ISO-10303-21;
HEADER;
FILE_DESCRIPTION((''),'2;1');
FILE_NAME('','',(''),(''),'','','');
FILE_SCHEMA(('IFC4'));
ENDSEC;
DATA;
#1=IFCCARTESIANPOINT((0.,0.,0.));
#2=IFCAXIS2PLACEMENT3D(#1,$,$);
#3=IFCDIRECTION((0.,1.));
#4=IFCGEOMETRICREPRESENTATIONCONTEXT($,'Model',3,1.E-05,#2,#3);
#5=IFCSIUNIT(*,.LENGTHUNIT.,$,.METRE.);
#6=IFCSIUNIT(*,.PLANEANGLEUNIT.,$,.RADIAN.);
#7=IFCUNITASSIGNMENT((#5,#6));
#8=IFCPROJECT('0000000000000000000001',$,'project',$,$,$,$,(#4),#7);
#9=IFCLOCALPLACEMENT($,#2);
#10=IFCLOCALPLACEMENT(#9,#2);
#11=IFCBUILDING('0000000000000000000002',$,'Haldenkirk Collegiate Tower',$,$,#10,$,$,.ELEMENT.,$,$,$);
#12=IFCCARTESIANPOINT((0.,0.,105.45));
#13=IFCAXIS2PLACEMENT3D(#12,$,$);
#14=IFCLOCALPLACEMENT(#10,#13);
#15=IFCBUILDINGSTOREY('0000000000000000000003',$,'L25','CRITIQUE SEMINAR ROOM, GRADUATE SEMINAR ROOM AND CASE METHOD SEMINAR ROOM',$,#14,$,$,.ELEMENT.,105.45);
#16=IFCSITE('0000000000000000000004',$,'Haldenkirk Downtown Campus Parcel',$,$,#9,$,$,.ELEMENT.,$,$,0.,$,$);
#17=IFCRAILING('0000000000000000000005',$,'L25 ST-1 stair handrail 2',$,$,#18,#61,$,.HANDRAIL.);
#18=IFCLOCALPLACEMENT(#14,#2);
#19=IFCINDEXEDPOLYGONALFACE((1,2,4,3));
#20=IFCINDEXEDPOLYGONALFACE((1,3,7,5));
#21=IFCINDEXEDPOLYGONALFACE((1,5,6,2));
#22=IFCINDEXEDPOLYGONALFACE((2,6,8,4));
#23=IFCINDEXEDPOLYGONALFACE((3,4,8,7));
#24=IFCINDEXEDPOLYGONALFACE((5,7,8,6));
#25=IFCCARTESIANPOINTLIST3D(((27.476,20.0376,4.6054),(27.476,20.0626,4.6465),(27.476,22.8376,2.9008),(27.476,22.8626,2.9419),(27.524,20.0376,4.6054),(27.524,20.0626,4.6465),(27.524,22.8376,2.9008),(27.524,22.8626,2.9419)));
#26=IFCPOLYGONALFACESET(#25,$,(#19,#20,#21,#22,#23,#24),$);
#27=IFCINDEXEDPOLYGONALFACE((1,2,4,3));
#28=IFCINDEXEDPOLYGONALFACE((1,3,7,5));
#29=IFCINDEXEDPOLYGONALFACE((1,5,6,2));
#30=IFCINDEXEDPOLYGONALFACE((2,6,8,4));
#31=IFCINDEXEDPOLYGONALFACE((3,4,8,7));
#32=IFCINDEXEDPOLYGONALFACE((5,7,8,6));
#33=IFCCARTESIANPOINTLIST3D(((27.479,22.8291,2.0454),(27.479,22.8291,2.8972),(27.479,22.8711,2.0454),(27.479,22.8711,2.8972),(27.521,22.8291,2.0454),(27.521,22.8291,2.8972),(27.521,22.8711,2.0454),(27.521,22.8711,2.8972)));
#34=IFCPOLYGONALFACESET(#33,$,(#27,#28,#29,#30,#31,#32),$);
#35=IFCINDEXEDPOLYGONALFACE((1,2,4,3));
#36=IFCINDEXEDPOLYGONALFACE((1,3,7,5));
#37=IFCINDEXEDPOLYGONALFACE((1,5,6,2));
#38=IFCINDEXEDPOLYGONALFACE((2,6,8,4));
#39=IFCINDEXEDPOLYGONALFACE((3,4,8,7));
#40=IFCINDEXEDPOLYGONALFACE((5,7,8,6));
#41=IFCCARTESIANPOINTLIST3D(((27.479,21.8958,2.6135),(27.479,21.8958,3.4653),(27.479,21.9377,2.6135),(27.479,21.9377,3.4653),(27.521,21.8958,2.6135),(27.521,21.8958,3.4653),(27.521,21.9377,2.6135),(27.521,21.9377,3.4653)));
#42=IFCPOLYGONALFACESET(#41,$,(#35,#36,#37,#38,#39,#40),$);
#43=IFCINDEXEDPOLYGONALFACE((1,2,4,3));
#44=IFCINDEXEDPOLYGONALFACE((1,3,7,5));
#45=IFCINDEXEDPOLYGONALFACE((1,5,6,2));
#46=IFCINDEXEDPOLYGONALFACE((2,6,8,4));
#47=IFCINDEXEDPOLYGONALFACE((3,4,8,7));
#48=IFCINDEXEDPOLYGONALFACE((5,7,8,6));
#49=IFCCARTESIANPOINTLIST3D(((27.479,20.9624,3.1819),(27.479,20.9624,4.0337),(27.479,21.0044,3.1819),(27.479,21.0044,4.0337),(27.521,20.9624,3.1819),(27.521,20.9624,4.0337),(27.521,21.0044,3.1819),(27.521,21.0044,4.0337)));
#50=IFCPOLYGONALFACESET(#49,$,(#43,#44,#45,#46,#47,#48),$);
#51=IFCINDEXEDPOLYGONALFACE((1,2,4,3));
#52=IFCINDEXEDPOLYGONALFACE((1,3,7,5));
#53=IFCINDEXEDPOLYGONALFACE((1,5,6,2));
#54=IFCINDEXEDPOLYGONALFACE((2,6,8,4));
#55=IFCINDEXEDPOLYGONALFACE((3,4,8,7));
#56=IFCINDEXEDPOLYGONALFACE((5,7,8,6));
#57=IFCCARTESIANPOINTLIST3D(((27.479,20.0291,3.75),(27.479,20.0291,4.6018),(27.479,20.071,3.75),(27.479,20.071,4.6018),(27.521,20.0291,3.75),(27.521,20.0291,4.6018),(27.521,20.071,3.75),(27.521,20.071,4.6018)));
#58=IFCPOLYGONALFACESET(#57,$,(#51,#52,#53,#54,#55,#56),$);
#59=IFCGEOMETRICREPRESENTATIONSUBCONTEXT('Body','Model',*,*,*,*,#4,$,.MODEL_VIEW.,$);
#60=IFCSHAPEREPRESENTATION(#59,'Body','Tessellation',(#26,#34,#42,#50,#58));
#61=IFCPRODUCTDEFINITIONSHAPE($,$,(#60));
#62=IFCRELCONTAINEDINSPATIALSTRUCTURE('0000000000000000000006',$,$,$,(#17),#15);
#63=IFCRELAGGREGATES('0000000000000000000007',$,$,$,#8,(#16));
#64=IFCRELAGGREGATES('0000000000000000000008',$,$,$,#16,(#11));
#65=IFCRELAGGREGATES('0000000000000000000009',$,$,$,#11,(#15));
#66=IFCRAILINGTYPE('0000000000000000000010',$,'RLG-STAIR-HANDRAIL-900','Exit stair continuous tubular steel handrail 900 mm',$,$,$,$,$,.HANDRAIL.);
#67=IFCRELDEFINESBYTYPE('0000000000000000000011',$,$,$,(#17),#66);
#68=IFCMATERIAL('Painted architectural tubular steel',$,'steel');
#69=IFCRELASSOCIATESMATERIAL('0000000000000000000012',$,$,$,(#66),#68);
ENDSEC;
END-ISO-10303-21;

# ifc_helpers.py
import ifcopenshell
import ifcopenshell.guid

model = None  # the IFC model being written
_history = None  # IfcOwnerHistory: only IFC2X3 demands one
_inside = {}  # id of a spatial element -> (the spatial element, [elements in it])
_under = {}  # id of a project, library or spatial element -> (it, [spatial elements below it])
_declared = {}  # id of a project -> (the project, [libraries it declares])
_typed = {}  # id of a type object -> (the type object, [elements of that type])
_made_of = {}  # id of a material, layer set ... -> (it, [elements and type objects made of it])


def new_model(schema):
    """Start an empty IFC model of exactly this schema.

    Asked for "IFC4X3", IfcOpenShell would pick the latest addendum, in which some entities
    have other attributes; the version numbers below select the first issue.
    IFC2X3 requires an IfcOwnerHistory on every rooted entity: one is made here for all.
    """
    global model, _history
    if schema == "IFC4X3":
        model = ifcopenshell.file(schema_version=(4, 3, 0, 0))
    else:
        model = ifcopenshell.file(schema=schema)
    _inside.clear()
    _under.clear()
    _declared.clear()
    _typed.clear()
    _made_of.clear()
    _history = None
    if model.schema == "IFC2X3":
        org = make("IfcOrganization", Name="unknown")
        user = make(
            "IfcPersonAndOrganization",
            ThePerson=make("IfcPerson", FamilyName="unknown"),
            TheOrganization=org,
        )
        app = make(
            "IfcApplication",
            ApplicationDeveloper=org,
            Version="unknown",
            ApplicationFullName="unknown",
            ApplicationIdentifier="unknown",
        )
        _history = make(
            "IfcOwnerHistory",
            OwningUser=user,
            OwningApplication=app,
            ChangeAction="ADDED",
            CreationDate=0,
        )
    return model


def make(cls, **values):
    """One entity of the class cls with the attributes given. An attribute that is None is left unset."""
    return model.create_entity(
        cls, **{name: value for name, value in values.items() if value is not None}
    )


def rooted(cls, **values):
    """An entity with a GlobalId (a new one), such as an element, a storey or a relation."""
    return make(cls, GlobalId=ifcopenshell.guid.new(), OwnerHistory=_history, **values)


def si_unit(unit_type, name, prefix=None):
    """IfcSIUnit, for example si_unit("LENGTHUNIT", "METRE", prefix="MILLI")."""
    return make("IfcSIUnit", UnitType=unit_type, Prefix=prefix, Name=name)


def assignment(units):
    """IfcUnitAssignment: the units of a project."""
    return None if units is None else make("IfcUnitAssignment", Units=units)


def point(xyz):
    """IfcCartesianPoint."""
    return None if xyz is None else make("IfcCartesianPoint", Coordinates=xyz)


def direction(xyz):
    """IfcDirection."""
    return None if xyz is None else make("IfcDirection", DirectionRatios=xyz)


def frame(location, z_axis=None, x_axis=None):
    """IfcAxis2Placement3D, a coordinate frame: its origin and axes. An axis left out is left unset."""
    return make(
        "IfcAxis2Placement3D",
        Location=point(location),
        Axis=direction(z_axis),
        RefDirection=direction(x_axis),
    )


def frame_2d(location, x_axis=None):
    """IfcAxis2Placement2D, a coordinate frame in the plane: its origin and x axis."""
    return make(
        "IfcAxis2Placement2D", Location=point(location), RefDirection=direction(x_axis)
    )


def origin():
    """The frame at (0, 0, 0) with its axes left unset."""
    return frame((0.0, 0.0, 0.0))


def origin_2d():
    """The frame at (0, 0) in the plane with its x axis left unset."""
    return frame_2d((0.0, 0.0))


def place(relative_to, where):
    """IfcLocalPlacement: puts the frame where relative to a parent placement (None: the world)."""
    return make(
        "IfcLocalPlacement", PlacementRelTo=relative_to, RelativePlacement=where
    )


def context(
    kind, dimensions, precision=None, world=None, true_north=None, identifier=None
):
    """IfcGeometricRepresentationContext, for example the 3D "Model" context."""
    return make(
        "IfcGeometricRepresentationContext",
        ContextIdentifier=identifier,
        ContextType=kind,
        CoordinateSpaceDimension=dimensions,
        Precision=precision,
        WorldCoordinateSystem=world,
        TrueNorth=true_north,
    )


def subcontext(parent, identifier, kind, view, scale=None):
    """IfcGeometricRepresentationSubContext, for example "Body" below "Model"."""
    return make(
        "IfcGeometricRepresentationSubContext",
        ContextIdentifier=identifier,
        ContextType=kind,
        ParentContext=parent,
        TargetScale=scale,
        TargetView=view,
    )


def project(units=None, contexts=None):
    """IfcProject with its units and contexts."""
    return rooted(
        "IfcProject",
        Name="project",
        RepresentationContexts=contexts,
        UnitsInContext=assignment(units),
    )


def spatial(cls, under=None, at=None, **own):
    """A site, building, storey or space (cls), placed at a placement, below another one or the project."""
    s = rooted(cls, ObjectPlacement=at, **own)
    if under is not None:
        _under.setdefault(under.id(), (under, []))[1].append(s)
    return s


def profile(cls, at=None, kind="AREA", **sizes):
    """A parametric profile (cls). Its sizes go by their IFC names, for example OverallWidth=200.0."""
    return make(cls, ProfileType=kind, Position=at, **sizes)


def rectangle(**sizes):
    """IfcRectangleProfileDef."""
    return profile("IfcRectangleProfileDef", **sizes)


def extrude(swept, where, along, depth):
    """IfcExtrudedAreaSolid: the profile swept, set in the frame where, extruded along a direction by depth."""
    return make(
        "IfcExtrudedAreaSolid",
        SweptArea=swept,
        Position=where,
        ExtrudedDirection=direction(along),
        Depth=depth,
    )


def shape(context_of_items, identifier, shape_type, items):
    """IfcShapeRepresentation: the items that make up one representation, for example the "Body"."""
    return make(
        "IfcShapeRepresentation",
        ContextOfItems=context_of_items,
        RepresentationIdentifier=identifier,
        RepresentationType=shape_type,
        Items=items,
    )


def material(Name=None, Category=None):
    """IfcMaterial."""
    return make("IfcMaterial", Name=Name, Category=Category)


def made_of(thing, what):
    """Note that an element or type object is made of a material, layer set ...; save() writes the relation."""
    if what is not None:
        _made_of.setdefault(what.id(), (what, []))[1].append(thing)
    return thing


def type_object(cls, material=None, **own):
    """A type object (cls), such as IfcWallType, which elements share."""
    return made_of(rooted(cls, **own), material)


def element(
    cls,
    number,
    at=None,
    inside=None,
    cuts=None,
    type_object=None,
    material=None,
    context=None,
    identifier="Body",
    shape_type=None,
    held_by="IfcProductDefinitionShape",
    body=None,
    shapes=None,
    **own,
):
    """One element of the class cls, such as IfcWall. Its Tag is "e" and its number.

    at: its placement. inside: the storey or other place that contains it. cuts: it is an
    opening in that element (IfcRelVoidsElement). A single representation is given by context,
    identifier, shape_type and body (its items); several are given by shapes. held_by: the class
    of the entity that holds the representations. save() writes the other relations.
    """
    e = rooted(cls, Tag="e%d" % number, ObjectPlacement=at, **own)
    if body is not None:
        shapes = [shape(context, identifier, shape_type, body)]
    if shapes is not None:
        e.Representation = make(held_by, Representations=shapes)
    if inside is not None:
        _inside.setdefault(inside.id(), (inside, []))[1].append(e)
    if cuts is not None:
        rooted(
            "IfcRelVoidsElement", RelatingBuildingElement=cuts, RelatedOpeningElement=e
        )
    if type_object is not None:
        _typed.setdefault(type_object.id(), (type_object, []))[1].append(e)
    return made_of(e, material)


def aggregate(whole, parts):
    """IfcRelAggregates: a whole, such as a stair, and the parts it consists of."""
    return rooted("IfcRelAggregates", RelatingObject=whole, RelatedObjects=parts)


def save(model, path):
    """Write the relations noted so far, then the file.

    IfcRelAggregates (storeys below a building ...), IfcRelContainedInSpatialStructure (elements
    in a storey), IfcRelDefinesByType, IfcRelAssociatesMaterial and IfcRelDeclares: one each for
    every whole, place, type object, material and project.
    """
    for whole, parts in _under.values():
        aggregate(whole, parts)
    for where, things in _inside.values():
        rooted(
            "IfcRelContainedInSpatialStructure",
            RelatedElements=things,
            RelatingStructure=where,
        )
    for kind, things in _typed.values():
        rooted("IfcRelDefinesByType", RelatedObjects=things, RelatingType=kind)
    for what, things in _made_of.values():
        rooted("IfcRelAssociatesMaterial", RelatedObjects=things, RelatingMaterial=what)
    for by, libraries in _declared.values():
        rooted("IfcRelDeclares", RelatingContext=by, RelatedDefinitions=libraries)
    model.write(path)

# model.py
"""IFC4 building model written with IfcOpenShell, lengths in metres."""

from ifc_helpers import new_model, si_unit, direction, frame, origin, origin_2d, place, context, subcontext, project, spatial, rectangle, extrude, material, type_object, element, save


model = new_model("IFC4")

# Units and contexts
model_context = context("Model", 3, precision=1e-05, world=origin(), true_north=direction((0.0, 1.0)))
body_context = subcontext(model_context, "Body", "Model", "MODEL_VIEW")
ifc_project = project(units=[si_unit("LENGTHUNIT", "METRE"), si_unit("PLANEANGLEUNIT", "RADIAN")], contexts=[model_context])

# Site, building, storey
site_placement = place(None, origin())
site = spatial("IfcSite", under=ifc_project, at=site_placement, Name="Haldenkirk Downtown Campus Parcel", CompositionType="ELEMENT", RefElevation=0.0)
building_placement = place(site_placement, origin())
building = spatial("IfcBuilding", under=site, at=building_placement, Name="Haldenkirk Collegiate Tower", CompositionType="ELEMENT")
storey_placement = place(building_placement, frame((0.0, 0.0, 105.45)))
storey = spatial("IfcBuildingStorey", under=building, at=storey_placement, Name="L25", Description="CRITIQUE SEMINAR ROOM, GRADUATE SEMINAR ROOM AND CASE METHOD SEMINAR ROOM", CompositionType="ELEMENT", Elevation=105.45)

# Railing
ifc_material_1 = material(Name="Painted architectural tubular steel", Category="steel")
railing_type_1 = type_object("IfcRailingType", Name="RLG-STAIR-HANDRAIL-900", Description="Exit stair continuous tubular steel handrail 900 mm", PredefinedType="HANDRAIL", material=ifc_material_1)
railing_1_placement = place(storey_placement, frame((27.5, 22.8501, 2.0454)))
element("IfcRailing", 1, at=railing_1_placement, inside=storey, type_object=railing_type_1, Name="L25 ST-1 stair handrail 2", PredefinedType="HANDRAIL", context=body_context, shape_type="SweptSolid", body=[
    extrude(rectangle(XDim=0.0481, YDim=0.0481, at=origin_2d()), frame((0.0, 0.0, 0.876), z_axis=(0.0, -0.85417, 0.519994), x_axis=(1.0, 0.0, 0.0)), (0.0, 0.0, 1.0), 3.2781),
    extrude(rectangle(XDim=0.042, YDim=0.042, at=origin_2d()), origin(), (0.0, 0.0, 1.0), 0.8518),
    extrude(rectangle(XDim=0.042, YDim=0.042, at=origin_2d()), frame((0.0, -0.9333, 0.5681)), (0.0, 0.0, 1.0), 0.8518),
    extrude(rectangle(XDim=0.042, YDim=0.042, at=origin_2d()), frame((0.0, -1.8667, 1.1365)), (0.0, 0.0, 1.0), 0.8518),
    extrude(rectangle(XDim=0.042, YDim=0.042, at=origin_2d()), frame((0.0, -2.8, 1.7046)), (0.0, 0.0, 1.0), 0.8518),
])

save(model, "model.ifc")
